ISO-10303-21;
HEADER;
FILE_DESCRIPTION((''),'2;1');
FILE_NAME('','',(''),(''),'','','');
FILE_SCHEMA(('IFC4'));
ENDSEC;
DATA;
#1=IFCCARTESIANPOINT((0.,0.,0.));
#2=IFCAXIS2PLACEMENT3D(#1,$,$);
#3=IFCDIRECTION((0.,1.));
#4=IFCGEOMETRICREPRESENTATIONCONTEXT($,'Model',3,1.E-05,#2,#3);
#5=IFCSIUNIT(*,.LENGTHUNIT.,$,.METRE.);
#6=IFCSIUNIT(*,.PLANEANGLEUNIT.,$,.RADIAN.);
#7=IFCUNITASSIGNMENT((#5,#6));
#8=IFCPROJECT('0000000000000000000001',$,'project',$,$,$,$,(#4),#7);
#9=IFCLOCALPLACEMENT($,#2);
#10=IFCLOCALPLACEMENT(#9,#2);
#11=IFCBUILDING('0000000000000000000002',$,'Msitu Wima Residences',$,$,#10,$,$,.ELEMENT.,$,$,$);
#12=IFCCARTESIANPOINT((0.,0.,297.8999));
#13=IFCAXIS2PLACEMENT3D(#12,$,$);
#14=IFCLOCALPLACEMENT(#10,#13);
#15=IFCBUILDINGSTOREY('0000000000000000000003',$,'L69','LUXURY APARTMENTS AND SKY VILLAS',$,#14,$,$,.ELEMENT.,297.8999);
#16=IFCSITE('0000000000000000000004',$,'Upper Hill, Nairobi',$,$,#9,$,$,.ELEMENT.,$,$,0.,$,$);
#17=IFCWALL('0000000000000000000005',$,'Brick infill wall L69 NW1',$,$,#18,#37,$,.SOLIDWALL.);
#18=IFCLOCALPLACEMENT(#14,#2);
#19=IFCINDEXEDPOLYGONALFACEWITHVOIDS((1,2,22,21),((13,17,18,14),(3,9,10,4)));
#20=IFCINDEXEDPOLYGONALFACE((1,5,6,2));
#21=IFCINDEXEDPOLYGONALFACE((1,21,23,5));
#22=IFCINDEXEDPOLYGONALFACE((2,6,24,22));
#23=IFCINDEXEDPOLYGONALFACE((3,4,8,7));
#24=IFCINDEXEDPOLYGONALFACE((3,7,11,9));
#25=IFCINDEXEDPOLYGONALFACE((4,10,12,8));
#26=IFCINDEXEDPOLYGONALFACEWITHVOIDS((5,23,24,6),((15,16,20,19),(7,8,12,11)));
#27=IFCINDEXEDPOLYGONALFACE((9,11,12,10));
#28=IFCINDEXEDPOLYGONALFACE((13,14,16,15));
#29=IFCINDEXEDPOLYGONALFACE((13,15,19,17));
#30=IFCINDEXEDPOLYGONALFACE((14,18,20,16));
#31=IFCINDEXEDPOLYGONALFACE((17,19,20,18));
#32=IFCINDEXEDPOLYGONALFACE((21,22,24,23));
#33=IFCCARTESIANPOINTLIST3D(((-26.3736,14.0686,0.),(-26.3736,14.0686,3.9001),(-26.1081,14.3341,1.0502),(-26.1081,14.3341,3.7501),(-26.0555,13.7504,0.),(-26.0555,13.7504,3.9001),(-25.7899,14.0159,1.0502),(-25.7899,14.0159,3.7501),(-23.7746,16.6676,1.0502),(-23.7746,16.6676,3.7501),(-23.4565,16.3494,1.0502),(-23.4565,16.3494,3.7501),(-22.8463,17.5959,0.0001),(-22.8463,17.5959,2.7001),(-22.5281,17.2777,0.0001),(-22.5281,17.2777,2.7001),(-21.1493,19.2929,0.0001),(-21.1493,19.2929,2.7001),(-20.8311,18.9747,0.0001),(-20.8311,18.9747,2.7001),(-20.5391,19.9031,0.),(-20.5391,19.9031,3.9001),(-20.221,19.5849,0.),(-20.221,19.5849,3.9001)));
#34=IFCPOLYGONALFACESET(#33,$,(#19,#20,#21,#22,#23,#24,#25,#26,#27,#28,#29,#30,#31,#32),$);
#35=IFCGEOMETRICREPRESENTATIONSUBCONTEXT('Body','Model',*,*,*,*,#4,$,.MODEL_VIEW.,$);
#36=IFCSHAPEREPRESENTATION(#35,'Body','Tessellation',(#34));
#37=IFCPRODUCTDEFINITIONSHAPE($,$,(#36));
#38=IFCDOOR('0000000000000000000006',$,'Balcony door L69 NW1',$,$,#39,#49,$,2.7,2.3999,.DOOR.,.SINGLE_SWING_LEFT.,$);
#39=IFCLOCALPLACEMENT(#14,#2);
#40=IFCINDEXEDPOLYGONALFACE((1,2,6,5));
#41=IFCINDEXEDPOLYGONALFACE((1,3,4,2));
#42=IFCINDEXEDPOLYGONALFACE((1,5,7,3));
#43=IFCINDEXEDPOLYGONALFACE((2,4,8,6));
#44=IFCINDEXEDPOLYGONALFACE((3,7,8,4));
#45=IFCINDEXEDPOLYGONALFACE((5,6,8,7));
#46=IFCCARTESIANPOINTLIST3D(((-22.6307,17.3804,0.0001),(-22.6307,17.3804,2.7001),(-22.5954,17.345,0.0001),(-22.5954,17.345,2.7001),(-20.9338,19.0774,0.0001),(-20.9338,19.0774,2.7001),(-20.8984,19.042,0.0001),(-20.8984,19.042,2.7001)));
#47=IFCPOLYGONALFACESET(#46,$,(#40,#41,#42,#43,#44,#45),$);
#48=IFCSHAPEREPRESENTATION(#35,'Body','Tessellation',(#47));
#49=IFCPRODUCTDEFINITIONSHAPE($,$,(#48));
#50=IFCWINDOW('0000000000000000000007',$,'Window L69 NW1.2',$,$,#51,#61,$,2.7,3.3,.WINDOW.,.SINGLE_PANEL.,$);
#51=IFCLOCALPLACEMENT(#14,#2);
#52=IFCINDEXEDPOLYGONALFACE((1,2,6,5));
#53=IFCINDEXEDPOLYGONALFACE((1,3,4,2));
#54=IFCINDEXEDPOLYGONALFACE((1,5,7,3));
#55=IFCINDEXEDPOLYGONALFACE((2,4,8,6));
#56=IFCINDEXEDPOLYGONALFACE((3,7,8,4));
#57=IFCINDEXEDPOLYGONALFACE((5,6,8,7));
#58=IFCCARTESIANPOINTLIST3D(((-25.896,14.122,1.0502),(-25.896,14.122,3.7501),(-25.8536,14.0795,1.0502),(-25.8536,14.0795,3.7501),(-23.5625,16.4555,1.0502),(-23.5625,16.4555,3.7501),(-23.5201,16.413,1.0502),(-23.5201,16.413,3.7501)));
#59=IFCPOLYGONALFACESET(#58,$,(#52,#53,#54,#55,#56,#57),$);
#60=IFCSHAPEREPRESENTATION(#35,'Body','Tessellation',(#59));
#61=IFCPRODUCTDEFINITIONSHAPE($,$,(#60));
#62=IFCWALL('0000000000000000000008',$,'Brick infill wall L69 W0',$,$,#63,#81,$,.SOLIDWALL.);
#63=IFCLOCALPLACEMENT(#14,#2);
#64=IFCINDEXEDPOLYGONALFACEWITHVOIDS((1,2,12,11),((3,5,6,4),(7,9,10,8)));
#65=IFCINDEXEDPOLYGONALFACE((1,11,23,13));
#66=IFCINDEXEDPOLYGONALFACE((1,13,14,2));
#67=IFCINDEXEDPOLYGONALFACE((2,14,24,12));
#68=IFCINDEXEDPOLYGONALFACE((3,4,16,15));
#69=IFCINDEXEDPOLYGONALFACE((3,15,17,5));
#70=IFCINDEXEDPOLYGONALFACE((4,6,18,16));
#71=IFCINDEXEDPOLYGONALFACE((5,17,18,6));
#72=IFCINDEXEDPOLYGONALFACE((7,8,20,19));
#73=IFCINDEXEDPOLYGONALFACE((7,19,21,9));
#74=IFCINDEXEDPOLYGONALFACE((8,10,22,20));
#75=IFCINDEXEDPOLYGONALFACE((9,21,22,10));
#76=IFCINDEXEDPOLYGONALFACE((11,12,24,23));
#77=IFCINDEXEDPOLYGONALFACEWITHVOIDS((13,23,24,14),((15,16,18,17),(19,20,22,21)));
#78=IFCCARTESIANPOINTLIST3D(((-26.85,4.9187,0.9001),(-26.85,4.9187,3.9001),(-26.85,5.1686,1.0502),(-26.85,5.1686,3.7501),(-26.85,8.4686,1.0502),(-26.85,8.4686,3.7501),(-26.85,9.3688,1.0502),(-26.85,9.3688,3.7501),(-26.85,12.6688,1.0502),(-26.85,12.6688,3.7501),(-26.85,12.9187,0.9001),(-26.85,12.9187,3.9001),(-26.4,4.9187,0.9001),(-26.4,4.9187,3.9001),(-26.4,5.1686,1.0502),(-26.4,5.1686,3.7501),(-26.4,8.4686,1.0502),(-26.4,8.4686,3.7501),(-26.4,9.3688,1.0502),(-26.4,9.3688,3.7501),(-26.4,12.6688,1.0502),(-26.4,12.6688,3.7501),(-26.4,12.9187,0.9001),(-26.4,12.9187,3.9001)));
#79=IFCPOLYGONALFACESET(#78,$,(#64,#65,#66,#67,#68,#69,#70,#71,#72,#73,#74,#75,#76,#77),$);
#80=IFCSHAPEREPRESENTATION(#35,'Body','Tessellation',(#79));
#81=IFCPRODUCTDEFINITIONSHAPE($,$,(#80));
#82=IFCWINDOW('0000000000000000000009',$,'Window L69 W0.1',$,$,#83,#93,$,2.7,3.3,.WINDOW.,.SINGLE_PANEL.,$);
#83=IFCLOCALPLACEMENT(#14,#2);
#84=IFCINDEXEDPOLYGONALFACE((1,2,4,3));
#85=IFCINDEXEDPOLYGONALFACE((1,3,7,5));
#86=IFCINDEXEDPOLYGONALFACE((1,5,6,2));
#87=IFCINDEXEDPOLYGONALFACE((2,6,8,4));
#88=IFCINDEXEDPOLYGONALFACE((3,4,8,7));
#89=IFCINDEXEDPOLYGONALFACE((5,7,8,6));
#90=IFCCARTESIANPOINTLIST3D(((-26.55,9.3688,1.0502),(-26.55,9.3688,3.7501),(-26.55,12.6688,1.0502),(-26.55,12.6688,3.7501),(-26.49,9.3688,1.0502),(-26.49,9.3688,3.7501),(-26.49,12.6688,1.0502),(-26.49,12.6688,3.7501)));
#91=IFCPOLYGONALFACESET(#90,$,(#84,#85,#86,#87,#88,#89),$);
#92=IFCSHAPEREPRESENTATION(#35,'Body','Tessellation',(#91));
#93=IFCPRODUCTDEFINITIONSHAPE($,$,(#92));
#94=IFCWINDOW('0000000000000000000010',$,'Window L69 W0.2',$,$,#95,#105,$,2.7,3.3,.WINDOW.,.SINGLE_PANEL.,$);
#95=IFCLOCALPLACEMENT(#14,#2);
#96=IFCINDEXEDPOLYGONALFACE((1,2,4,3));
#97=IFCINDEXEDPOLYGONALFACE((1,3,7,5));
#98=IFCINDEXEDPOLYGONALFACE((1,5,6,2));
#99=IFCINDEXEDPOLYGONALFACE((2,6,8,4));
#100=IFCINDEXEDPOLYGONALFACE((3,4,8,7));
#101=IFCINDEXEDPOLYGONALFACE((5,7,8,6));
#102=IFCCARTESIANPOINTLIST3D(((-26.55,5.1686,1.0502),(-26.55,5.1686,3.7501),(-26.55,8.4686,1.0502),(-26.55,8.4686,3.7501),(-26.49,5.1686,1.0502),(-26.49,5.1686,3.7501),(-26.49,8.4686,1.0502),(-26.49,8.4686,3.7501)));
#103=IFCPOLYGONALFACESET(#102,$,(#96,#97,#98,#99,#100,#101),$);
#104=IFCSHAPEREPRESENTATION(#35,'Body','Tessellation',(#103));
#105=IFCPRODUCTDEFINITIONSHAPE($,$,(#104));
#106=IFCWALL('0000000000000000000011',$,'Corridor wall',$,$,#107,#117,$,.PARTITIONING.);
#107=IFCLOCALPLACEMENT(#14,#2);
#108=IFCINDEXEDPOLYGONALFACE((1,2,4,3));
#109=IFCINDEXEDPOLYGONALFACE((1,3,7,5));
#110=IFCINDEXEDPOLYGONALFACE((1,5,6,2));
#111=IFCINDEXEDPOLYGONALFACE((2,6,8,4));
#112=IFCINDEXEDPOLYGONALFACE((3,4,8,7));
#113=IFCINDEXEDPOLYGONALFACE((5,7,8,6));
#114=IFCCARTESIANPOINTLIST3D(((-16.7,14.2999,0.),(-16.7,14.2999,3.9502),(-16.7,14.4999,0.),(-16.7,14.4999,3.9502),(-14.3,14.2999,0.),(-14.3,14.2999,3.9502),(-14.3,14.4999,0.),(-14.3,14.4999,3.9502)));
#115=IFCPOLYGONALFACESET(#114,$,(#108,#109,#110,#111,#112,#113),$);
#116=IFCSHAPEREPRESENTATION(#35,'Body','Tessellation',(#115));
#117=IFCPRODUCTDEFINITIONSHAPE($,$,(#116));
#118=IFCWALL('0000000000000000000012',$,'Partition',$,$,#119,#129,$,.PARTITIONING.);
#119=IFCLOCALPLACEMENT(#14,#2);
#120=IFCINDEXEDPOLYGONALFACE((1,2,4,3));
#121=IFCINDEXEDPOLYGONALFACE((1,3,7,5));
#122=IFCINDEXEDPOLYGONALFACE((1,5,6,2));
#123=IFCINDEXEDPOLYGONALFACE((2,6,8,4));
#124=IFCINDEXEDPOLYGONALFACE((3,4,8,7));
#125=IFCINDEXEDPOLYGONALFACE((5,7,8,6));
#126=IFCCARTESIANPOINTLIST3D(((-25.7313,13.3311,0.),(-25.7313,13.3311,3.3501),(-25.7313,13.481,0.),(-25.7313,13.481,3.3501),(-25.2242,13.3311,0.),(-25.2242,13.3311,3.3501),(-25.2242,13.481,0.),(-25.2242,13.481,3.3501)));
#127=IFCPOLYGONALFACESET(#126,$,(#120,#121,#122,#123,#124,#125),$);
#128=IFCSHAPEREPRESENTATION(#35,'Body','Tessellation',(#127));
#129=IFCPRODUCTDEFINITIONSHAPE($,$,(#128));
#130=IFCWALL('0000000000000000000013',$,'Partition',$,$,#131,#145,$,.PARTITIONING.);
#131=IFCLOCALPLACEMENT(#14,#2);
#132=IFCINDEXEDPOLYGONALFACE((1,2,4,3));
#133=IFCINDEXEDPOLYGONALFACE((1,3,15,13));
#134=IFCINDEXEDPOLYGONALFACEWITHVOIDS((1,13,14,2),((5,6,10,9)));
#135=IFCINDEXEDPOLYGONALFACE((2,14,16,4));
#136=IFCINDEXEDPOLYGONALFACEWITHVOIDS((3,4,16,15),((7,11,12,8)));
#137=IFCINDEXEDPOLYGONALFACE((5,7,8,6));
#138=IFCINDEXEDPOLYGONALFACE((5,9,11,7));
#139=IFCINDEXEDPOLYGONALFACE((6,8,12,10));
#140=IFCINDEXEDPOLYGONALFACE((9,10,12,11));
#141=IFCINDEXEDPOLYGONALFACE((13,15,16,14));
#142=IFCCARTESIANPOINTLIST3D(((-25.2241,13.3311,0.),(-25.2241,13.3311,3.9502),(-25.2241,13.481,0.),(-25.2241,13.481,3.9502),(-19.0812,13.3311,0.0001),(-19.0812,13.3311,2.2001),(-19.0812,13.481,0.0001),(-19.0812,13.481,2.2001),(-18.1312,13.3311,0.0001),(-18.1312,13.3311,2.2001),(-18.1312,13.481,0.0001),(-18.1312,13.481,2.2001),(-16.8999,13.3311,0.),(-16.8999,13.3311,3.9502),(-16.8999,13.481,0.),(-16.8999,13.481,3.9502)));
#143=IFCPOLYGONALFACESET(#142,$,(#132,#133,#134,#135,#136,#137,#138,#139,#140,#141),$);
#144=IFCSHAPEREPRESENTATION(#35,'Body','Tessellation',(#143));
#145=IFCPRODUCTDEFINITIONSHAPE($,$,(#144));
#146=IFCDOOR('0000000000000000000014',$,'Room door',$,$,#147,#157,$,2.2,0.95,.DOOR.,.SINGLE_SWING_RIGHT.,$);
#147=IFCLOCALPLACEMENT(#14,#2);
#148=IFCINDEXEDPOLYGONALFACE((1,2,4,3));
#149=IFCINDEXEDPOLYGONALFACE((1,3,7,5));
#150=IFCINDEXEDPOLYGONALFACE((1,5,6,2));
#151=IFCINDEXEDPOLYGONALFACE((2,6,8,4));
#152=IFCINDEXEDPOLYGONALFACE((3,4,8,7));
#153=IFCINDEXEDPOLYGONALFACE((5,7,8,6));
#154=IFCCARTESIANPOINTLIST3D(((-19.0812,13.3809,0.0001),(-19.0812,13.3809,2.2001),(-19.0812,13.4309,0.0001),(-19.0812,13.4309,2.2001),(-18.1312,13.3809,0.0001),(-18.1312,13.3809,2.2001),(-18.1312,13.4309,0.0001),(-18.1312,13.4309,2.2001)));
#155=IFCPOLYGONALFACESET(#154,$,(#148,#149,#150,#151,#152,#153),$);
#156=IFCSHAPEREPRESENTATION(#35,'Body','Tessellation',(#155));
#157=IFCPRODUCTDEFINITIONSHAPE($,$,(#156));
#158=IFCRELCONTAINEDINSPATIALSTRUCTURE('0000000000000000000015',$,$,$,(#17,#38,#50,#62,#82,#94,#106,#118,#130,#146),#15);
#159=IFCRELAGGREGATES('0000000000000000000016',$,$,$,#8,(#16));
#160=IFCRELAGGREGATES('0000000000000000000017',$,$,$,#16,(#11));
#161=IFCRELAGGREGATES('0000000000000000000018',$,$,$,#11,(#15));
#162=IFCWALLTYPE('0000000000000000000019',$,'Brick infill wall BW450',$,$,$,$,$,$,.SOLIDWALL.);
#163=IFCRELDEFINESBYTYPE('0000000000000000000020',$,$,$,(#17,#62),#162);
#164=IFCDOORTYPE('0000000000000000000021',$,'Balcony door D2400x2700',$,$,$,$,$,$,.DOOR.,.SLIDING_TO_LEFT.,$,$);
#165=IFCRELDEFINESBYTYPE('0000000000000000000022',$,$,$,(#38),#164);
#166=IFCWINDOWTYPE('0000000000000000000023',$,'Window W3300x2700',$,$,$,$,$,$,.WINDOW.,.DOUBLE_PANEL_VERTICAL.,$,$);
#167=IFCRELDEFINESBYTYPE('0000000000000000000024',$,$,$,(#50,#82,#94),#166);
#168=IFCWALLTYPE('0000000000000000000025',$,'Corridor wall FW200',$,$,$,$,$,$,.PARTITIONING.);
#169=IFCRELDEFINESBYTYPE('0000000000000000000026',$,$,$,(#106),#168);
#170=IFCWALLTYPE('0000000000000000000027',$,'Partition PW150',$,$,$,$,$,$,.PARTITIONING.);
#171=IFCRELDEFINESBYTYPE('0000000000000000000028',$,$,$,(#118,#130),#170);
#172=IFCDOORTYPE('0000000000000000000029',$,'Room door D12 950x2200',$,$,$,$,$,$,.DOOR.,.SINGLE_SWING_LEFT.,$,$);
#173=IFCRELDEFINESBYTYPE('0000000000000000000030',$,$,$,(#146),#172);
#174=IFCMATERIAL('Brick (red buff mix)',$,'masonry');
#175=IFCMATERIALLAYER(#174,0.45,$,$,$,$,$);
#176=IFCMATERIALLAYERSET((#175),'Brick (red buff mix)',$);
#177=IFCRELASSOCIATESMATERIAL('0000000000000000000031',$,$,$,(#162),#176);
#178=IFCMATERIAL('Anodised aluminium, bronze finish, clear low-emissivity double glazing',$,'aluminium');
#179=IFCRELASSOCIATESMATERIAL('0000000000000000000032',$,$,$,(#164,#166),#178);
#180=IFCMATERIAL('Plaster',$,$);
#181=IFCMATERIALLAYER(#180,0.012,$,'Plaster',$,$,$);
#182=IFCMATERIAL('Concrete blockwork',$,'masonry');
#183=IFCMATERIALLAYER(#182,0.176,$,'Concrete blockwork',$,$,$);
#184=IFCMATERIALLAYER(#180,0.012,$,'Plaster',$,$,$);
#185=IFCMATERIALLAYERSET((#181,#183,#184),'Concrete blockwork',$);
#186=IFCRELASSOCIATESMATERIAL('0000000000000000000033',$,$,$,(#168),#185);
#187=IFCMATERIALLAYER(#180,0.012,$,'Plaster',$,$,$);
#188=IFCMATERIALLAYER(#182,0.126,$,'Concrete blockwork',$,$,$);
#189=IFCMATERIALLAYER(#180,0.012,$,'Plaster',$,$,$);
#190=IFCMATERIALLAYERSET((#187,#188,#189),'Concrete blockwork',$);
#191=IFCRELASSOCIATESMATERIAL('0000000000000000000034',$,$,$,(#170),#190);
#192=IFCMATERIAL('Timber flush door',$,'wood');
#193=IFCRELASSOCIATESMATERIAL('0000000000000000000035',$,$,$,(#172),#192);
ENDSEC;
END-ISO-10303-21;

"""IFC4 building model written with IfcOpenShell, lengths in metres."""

from ifc_helpers import new_model, si_unit, direction, frame, frame_2d, origin, place, context, subcontext, project, spatial, rectangle, extrude, material, layer, layer_set, type_object, element, fill, save


model = new_model("IFC4")

# Units and contexts
model_context = context("Model", 3, precision=1e-05, world=origin(), true_north=direction((0.0, 1.0)))
body_context = subcontext(model_context, "Body", "Model", "MODEL_VIEW")
ifc_project = project(units=[si_unit("LENGTHUNIT", "METRE"), si_unit("PLANEANGLEUNIT", "RADIAN")], contexts=[model_context])

# Site, building, storey
site_placement = place(None, origin())
site = spatial("IfcSite", under=ifc_project, at=site_placement, Name="Upper Hill, Nairobi", CompositionType="ELEMENT", RefElevation=0.0)
building_placement = place(site_placement, origin())
building = spatial("IfcBuilding", under=site, at=building_placement, Name="Msitu Wima Residences", CompositionType="ELEMENT")
storey_placement = place(building_placement, frame((0.0, 0.0, 297.8999)))
storey = spatial("IfcBuildingStorey", under=building, at=storey_placement, Name="L69", Description="LUXURY APARTMENTS AND SKY VILLAS", CompositionType="ELEMENT", Elevation=297.8999)

# Wall, openings, door, window
ifc_material_1 = material(Name="Brick (red buff mix)", Category="masonry")
ifc_layer_1 = layer(ifc_material_1, 0.45)
ifc_layer_set_1 = layer_set([ifc_layer_1], Name="Brick (red buff mix)")
wall_type_1 = type_object("IfcWallType", Name="Brick infill wall BW450", PredefinedType="SOLIDWALL", material=ifc_layer_set_1)
wall_1_placement = place(storey_placement, frame((-20.3801, 19.7439, 0.0), z_axis=(0.0, 0.0, 1.0), x_axis=(-0.707107, -0.707107, 0.0)))
wall_1 = element("IfcWall", 1, at=wall_1_placement, inside=storey, type_object=wall_type_1, Name="Brick infill wall L69 NW1", PredefinedType="SOLIDWALL", context=body_context, shape_type="SweptSolid", body=[
    extrude(rectangle(XDim=8.2512, YDim=0.45, at=frame_2d((4.1255, 0.0))), origin(), (0.0, 0.0, 1.0), 3.9001),
])
opening_1_placement = place(wall_1_placement, frame((0.8628, 0.0, 0.0)))
opening_1 = element("IfcOpeningElement", 2, at=opening_1_placement, cuts=wall_1, PredefinedType="OPENING", context=body_context, shape_type="SweptSolid", body=[
    extrude(rectangle(XDim=2.3999, YDim=2.7, at=frame_2d((1.2, 1.3501))), frame((0.0, 0.2349, 0.0), z_axis=(0.0, -1.0, 0.0), x_axis=(1.0, 0.0, 0.0)), (0.0, 0.0, 1.0), 0.47),
])
opening_2_placement = place(wall_1_placement, frame((4.5757, 0.0, 1.05)))
opening_2 = element("IfcOpeningElement", 3, at=opening_2_placement, cuts=wall_1, PredefinedType="OPENING", context=body_context, shape_type="SweptSolid", body=[
    extrude(rectangle(XDim=3.3, YDim=2.7, at=frame_2d((1.6499, 1.3501))), frame((0.0, 0.2349, 0.0), z_axis=(0.0, -1.0, 0.0), x_axis=(1.0, 0.0, 0.0)), (0.0, 0.0, 1.0), 0.47),
])
ifc_material_2 = material(Name="Anodised aluminium, bronze finish, clear low-emissivity double glazing", Category="aluminium")
door_type_1 = type_object("IfcDoorType", Name="Balcony door D2400x2700", OperationType="SLIDING_TO_LEFT", PredefinedType="DOOR", material=ifc_material_2)
door_1_placement = place(opening_1_placement, origin())
door_1 = element("IfcDoor", 4, at=door_1_placement, inside=storey, type_object=door_type_1, Name="Balcony door L69 NW1", OperationType="SINGLE_SWING_LEFT", OverallHeight=2.7, OverallWidth=2.3999, PredefinedType="DOOR", context=body_context, shape_type="SweptSolid", body=[
    extrude(rectangle(XDim=2.3999, YDim=2.7, at=frame_2d((1.2, 1.3501))), frame((0.0, 0.1299, 0.0), z_axis=(0.0, -1.0, 0.0), x_axis=(1.0, 0.0, 0.0)), (0.0, 0.0, 1.0), 0.05),
])
fill(opening_1, door_1)
window_type = type_object("IfcWindowType", Name="Window W3300x2700", PartitioningType="DOUBLE_PANEL_VERTICAL", PredefinedType="WINDOW", material=ifc_material_2)
window_1_placement = place(opening_2_placement, origin())
window_1 = element("IfcWindow", 5, at=window_1_placement, inside=storey, type_object=window_type, Name="Window L69 NW1.2", OverallHeight=2.7, OverallWidth=3.3, PartitioningType="SINGLE_PANEL", PredefinedType="WINDOW", context=body_context, shape_type="SweptSolid", body=[
    extrude(rectangle(XDim=3.3, YDim=2.7, at=frame_2d((1.6499, 1.3501))), frame((0.0, 0.135, 0.0), z_axis=(0.0, -1.0, 0.0), x_axis=(1.0, 0.0, 0.0)), (0.0, 0.0, 1.0), 0.0601),
])
fill(opening_2, window_1)

# Wall, openings, windows
wall_2_placement = place(storey_placement, frame((-26.625, 12.9187, 0.9001), z_axis=(0.0, 0.0, 1.0), x_axis=(0.0, -1.0, 0.0)))
wall_2 = element("IfcWall", 6, at=wall_2_placement, inside=storey, type_object=wall_type_1, Name="Brick infill wall L69 W0", PredefinedType="SOLIDWALL", context=body_context, shape_type="SweptSolid", body=[
    extrude(rectangle(XDim=8.0, YDim=0.45, at=frame_2d((4.0, 0.0))), origin(), (0.0, 0.0, 1.0), 3.0),
])
opening_3_placement = place(wall_2_placement, frame((0.25, 0.0, 0.1499)))
opening_3 = element("IfcOpeningElement", 7, at=opening_3_placement, cuts=wall_2, PredefinedType="OPENING", context=body_context, shape_type="SweptSolid", body=[
    extrude(rectangle(XDim=3.3, YDim=2.7, at=frame_2d((1.6499, 1.3501))), frame((0.0, 0.2349, 0.0), z_axis=(0.0, -1.0, 0.0), x_axis=(1.0, 0.0, 0.0)), (0.0, 0.0, 1.0), 0.47),
])
opening_4_placement = place(wall_2_placement, frame((4.4502, 0.0, 0.1499)))
opening_4 = element("IfcOpeningElement", 8, at=opening_4_placement, cuts=wall_2, PredefinedType="OPENING", context=body_context, shape_type="SweptSolid", body=[
    extrude(rectangle(XDim=3.3, YDim=2.7, at=frame_2d((1.6499, 1.3501))), frame((0.0, 0.2349, 0.0), z_axis=(0.0, -1.0, 0.0), x_axis=(1.0, 0.0, 0.0)), (0.0, 0.0, 1.0), 0.47),
])
window_2_placement = place(opening_3_placement, origin())
window_2 = element("IfcWindow", 9, at=window_2_placement, inside=storey, type_object=window_type, Name="Window L69 W0.1", OverallHeight=2.7, OverallWidth=3.3, PartitioningType="SINGLE_PANEL", PredefinedType="WINDOW", context=body_context, shape_type="SweptSolid", body=[
    extrude(rectangle(XDim=3.3, YDim=2.7, at=frame_2d((1.6499, 1.3501))), frame((0.0, 0.135, 0.0), z_axis=(0.0, -1.0, 0.0), x_axis=(1.0, 0.0, 0.0)), (0.0, 0.0, 1.0), 0.0601),
])
fill(opening_3, window_2)
window_3_placement = place(opening_4_placement, origin())
window_3 = element("IfcWindow", 10, at=window_3_placement, inside=storey, type_object=window_type, Name="Window L69 W0.2", OverallHeight=2.7, OverallWidth=3.3, PartitioningType="SINGLE_PANEL", PredefinedType="WINDOW", context=body_context, shape_type="SweptSolid", body=[
    extrude(rectangle(XDim=3.3, YDim=2.7, at=frame_2d((1.6499, 1.3501))), frame((0.0, 0.135, 0.0), z_axis=(0.0, -1.0, 0.0), x_axis=(1.0, 0.0, 0.0)), (0.0, 0.0, 1.0), 0.0601),
])
fill(opening_4, window_3)

# Walls
ifc_material_3 = material(Name="Plaster")
ifc_layer_2 = layer(ifc_material_3, 0.012, Name="Plaster")
ifc_material_4 = material(Name="Concrete blockwork", Category="masonry")
ifc_layer_3 = layer(ifc_material_4, 0.176, Name="Concrete blockwork")
ifc_layer_4 = layer(ifc_material_3, 0.012, Name="Plaster")
ifc_layer_set_2 = layer_set([ifc_layer_2, ifc_layer_3, ifc_layer_4], Name="Concrete blockwork")
wall_type_2 = type_object("IfcWallType", Name="Corridor wall FW200", PredefinedType="PARTITIONING", material=ifc_layer_set_2)
wall_3_placement = place(storey_placement, frame((-16.7, 14.3999, 0.0), z_axis=(0.0, 0.0, 1.0), x_axis=(1.0, 0.0, 0.0)))
element("IfcWall", 11, at=wall_3_placement, inside=storey, type_object=wall_type_2, Name="Corridor wall", PredefinedType="PARTITIONING", context=body_context, shape_type="SweptSolid", body=[
    extrude(rectangle(XDim=2.3999, YDim=0.2, at=frame_2d((1.2, 0.0))), origin(), (0.0, 0.0, 1.0), 3.9502),
])
ifc_layer_5 = layer(ifc_material_3, 0.012, Name="Plaster")
ifc_layer_6 = layer(ifc_material_4, 0.126, Name="Concrete blockwork")
ifc_layer_7 = layer(ifc_material_3, 0.012, Name="Plaster")
ifc_layer_set_3 = layer_set([ifc_layer_5, ifc_layer_6, ifc_layer_7], Name="Concrete blockwork")
wall_type_3 = type_object("IfcWallType", Name="Partition PW150", PredefinedType="PARTITIONING", material=ifc_layer_set_3)
wall_4_placement = place(storey_placement, frame((-25.7312, 13.406, 0.0), z_axis=(0.0, 0.0, 1.0), x_axis=(1.0, 0.0, 0.0)))
element("IfcWall", 12, at=wall_4_placement, inside=storey, type_object=wall_type_3, Name="Partition", PredefinedType="PARTITIONING", context=body_context, shape_type="SweptSolid", body=[
    extrude(rectangle(XDim=0.5071, YDim=0.1499, at=frame_2d((0.2534, 0.0))), origin(), (0.0, 0.0, 1.0), 3.3501),
])

# Wall, opening, door
wall_5_placement = place(storey_placement, frame((-25.2241, 13.406, 0.0), z_axis=(0.0, 0.0, 1.0), x_axis=(1.0, 0.0, 0.0)))
wall_5 = element("IfcWall", 13, at=wall_5_placement, inside=storey, type_object=wall_type_3, Name="Partition", PredefinedType="PARTITIONING", context=body_context, shape_type="SweptSolid", body=[
    extrude(rectangle(XDim=8.3242, YDim=0.1499, at=frame_2d((4.1621, 0.0))), origin(), (0.0, 0.0, 1.0), 3.9502),
])
opening_5_placement = place(wall_5_placement, frame((6.1428, 0.0, 0.0)))
opening_5 = element("IfcOpeningElement", 14, at=opening_5_placement, cuts=wall_5, PredefinedType="OPENING", context=body_context, shape_type="SweptSolid", body=[
    extrude(rectangle(XDim=0.95, YDim=2.2, at=frame_2d((0.4751, 1.1001))), frame((0.0, 0.085, 0.0), z_axis=(0.0, -1.0, 0.0), x_axis=(1.0, 0.0, 0.0)), (0.0, 0.0, 1.0), 0.1699),
])
ifc_material_5 = material(Name="Timber flush door", Category="wood")
door_type_2 = type_object("IfcDoorType", Name="Room door D12 950x2200", OperationType="SINGLE_SWING_LEFT", PredefinedType="DOOR", material=ifc_material_5)
door_2_placement = place(opening_5_placement, origin())
door_2 = element("IfcDoor", 15, at=door_2_placement, inside=storey, type_object=door_type_2, Name="Room door", OperationType="SINGLE_SWING_RIGHT", OverallHeight=2.2, OverallWidth=0.95, PredefinedType="DOOR", context=body_context, shape_type="SweptSolid", body=[
    extrude(rectangle(XDim=0.95, YDim=2.2, at=frame_2d((0.4751, 1.1001))), frame((0.0, 0.0249, 0.0), z_axis=(0.0, -1.0, 0.0), x_axis=(1.0, 0.0, 0.0)), (0.0, 0.0, 1.0), 0.05),
])
fill(opening_5, door_2)

save(model, "model.ifc")
